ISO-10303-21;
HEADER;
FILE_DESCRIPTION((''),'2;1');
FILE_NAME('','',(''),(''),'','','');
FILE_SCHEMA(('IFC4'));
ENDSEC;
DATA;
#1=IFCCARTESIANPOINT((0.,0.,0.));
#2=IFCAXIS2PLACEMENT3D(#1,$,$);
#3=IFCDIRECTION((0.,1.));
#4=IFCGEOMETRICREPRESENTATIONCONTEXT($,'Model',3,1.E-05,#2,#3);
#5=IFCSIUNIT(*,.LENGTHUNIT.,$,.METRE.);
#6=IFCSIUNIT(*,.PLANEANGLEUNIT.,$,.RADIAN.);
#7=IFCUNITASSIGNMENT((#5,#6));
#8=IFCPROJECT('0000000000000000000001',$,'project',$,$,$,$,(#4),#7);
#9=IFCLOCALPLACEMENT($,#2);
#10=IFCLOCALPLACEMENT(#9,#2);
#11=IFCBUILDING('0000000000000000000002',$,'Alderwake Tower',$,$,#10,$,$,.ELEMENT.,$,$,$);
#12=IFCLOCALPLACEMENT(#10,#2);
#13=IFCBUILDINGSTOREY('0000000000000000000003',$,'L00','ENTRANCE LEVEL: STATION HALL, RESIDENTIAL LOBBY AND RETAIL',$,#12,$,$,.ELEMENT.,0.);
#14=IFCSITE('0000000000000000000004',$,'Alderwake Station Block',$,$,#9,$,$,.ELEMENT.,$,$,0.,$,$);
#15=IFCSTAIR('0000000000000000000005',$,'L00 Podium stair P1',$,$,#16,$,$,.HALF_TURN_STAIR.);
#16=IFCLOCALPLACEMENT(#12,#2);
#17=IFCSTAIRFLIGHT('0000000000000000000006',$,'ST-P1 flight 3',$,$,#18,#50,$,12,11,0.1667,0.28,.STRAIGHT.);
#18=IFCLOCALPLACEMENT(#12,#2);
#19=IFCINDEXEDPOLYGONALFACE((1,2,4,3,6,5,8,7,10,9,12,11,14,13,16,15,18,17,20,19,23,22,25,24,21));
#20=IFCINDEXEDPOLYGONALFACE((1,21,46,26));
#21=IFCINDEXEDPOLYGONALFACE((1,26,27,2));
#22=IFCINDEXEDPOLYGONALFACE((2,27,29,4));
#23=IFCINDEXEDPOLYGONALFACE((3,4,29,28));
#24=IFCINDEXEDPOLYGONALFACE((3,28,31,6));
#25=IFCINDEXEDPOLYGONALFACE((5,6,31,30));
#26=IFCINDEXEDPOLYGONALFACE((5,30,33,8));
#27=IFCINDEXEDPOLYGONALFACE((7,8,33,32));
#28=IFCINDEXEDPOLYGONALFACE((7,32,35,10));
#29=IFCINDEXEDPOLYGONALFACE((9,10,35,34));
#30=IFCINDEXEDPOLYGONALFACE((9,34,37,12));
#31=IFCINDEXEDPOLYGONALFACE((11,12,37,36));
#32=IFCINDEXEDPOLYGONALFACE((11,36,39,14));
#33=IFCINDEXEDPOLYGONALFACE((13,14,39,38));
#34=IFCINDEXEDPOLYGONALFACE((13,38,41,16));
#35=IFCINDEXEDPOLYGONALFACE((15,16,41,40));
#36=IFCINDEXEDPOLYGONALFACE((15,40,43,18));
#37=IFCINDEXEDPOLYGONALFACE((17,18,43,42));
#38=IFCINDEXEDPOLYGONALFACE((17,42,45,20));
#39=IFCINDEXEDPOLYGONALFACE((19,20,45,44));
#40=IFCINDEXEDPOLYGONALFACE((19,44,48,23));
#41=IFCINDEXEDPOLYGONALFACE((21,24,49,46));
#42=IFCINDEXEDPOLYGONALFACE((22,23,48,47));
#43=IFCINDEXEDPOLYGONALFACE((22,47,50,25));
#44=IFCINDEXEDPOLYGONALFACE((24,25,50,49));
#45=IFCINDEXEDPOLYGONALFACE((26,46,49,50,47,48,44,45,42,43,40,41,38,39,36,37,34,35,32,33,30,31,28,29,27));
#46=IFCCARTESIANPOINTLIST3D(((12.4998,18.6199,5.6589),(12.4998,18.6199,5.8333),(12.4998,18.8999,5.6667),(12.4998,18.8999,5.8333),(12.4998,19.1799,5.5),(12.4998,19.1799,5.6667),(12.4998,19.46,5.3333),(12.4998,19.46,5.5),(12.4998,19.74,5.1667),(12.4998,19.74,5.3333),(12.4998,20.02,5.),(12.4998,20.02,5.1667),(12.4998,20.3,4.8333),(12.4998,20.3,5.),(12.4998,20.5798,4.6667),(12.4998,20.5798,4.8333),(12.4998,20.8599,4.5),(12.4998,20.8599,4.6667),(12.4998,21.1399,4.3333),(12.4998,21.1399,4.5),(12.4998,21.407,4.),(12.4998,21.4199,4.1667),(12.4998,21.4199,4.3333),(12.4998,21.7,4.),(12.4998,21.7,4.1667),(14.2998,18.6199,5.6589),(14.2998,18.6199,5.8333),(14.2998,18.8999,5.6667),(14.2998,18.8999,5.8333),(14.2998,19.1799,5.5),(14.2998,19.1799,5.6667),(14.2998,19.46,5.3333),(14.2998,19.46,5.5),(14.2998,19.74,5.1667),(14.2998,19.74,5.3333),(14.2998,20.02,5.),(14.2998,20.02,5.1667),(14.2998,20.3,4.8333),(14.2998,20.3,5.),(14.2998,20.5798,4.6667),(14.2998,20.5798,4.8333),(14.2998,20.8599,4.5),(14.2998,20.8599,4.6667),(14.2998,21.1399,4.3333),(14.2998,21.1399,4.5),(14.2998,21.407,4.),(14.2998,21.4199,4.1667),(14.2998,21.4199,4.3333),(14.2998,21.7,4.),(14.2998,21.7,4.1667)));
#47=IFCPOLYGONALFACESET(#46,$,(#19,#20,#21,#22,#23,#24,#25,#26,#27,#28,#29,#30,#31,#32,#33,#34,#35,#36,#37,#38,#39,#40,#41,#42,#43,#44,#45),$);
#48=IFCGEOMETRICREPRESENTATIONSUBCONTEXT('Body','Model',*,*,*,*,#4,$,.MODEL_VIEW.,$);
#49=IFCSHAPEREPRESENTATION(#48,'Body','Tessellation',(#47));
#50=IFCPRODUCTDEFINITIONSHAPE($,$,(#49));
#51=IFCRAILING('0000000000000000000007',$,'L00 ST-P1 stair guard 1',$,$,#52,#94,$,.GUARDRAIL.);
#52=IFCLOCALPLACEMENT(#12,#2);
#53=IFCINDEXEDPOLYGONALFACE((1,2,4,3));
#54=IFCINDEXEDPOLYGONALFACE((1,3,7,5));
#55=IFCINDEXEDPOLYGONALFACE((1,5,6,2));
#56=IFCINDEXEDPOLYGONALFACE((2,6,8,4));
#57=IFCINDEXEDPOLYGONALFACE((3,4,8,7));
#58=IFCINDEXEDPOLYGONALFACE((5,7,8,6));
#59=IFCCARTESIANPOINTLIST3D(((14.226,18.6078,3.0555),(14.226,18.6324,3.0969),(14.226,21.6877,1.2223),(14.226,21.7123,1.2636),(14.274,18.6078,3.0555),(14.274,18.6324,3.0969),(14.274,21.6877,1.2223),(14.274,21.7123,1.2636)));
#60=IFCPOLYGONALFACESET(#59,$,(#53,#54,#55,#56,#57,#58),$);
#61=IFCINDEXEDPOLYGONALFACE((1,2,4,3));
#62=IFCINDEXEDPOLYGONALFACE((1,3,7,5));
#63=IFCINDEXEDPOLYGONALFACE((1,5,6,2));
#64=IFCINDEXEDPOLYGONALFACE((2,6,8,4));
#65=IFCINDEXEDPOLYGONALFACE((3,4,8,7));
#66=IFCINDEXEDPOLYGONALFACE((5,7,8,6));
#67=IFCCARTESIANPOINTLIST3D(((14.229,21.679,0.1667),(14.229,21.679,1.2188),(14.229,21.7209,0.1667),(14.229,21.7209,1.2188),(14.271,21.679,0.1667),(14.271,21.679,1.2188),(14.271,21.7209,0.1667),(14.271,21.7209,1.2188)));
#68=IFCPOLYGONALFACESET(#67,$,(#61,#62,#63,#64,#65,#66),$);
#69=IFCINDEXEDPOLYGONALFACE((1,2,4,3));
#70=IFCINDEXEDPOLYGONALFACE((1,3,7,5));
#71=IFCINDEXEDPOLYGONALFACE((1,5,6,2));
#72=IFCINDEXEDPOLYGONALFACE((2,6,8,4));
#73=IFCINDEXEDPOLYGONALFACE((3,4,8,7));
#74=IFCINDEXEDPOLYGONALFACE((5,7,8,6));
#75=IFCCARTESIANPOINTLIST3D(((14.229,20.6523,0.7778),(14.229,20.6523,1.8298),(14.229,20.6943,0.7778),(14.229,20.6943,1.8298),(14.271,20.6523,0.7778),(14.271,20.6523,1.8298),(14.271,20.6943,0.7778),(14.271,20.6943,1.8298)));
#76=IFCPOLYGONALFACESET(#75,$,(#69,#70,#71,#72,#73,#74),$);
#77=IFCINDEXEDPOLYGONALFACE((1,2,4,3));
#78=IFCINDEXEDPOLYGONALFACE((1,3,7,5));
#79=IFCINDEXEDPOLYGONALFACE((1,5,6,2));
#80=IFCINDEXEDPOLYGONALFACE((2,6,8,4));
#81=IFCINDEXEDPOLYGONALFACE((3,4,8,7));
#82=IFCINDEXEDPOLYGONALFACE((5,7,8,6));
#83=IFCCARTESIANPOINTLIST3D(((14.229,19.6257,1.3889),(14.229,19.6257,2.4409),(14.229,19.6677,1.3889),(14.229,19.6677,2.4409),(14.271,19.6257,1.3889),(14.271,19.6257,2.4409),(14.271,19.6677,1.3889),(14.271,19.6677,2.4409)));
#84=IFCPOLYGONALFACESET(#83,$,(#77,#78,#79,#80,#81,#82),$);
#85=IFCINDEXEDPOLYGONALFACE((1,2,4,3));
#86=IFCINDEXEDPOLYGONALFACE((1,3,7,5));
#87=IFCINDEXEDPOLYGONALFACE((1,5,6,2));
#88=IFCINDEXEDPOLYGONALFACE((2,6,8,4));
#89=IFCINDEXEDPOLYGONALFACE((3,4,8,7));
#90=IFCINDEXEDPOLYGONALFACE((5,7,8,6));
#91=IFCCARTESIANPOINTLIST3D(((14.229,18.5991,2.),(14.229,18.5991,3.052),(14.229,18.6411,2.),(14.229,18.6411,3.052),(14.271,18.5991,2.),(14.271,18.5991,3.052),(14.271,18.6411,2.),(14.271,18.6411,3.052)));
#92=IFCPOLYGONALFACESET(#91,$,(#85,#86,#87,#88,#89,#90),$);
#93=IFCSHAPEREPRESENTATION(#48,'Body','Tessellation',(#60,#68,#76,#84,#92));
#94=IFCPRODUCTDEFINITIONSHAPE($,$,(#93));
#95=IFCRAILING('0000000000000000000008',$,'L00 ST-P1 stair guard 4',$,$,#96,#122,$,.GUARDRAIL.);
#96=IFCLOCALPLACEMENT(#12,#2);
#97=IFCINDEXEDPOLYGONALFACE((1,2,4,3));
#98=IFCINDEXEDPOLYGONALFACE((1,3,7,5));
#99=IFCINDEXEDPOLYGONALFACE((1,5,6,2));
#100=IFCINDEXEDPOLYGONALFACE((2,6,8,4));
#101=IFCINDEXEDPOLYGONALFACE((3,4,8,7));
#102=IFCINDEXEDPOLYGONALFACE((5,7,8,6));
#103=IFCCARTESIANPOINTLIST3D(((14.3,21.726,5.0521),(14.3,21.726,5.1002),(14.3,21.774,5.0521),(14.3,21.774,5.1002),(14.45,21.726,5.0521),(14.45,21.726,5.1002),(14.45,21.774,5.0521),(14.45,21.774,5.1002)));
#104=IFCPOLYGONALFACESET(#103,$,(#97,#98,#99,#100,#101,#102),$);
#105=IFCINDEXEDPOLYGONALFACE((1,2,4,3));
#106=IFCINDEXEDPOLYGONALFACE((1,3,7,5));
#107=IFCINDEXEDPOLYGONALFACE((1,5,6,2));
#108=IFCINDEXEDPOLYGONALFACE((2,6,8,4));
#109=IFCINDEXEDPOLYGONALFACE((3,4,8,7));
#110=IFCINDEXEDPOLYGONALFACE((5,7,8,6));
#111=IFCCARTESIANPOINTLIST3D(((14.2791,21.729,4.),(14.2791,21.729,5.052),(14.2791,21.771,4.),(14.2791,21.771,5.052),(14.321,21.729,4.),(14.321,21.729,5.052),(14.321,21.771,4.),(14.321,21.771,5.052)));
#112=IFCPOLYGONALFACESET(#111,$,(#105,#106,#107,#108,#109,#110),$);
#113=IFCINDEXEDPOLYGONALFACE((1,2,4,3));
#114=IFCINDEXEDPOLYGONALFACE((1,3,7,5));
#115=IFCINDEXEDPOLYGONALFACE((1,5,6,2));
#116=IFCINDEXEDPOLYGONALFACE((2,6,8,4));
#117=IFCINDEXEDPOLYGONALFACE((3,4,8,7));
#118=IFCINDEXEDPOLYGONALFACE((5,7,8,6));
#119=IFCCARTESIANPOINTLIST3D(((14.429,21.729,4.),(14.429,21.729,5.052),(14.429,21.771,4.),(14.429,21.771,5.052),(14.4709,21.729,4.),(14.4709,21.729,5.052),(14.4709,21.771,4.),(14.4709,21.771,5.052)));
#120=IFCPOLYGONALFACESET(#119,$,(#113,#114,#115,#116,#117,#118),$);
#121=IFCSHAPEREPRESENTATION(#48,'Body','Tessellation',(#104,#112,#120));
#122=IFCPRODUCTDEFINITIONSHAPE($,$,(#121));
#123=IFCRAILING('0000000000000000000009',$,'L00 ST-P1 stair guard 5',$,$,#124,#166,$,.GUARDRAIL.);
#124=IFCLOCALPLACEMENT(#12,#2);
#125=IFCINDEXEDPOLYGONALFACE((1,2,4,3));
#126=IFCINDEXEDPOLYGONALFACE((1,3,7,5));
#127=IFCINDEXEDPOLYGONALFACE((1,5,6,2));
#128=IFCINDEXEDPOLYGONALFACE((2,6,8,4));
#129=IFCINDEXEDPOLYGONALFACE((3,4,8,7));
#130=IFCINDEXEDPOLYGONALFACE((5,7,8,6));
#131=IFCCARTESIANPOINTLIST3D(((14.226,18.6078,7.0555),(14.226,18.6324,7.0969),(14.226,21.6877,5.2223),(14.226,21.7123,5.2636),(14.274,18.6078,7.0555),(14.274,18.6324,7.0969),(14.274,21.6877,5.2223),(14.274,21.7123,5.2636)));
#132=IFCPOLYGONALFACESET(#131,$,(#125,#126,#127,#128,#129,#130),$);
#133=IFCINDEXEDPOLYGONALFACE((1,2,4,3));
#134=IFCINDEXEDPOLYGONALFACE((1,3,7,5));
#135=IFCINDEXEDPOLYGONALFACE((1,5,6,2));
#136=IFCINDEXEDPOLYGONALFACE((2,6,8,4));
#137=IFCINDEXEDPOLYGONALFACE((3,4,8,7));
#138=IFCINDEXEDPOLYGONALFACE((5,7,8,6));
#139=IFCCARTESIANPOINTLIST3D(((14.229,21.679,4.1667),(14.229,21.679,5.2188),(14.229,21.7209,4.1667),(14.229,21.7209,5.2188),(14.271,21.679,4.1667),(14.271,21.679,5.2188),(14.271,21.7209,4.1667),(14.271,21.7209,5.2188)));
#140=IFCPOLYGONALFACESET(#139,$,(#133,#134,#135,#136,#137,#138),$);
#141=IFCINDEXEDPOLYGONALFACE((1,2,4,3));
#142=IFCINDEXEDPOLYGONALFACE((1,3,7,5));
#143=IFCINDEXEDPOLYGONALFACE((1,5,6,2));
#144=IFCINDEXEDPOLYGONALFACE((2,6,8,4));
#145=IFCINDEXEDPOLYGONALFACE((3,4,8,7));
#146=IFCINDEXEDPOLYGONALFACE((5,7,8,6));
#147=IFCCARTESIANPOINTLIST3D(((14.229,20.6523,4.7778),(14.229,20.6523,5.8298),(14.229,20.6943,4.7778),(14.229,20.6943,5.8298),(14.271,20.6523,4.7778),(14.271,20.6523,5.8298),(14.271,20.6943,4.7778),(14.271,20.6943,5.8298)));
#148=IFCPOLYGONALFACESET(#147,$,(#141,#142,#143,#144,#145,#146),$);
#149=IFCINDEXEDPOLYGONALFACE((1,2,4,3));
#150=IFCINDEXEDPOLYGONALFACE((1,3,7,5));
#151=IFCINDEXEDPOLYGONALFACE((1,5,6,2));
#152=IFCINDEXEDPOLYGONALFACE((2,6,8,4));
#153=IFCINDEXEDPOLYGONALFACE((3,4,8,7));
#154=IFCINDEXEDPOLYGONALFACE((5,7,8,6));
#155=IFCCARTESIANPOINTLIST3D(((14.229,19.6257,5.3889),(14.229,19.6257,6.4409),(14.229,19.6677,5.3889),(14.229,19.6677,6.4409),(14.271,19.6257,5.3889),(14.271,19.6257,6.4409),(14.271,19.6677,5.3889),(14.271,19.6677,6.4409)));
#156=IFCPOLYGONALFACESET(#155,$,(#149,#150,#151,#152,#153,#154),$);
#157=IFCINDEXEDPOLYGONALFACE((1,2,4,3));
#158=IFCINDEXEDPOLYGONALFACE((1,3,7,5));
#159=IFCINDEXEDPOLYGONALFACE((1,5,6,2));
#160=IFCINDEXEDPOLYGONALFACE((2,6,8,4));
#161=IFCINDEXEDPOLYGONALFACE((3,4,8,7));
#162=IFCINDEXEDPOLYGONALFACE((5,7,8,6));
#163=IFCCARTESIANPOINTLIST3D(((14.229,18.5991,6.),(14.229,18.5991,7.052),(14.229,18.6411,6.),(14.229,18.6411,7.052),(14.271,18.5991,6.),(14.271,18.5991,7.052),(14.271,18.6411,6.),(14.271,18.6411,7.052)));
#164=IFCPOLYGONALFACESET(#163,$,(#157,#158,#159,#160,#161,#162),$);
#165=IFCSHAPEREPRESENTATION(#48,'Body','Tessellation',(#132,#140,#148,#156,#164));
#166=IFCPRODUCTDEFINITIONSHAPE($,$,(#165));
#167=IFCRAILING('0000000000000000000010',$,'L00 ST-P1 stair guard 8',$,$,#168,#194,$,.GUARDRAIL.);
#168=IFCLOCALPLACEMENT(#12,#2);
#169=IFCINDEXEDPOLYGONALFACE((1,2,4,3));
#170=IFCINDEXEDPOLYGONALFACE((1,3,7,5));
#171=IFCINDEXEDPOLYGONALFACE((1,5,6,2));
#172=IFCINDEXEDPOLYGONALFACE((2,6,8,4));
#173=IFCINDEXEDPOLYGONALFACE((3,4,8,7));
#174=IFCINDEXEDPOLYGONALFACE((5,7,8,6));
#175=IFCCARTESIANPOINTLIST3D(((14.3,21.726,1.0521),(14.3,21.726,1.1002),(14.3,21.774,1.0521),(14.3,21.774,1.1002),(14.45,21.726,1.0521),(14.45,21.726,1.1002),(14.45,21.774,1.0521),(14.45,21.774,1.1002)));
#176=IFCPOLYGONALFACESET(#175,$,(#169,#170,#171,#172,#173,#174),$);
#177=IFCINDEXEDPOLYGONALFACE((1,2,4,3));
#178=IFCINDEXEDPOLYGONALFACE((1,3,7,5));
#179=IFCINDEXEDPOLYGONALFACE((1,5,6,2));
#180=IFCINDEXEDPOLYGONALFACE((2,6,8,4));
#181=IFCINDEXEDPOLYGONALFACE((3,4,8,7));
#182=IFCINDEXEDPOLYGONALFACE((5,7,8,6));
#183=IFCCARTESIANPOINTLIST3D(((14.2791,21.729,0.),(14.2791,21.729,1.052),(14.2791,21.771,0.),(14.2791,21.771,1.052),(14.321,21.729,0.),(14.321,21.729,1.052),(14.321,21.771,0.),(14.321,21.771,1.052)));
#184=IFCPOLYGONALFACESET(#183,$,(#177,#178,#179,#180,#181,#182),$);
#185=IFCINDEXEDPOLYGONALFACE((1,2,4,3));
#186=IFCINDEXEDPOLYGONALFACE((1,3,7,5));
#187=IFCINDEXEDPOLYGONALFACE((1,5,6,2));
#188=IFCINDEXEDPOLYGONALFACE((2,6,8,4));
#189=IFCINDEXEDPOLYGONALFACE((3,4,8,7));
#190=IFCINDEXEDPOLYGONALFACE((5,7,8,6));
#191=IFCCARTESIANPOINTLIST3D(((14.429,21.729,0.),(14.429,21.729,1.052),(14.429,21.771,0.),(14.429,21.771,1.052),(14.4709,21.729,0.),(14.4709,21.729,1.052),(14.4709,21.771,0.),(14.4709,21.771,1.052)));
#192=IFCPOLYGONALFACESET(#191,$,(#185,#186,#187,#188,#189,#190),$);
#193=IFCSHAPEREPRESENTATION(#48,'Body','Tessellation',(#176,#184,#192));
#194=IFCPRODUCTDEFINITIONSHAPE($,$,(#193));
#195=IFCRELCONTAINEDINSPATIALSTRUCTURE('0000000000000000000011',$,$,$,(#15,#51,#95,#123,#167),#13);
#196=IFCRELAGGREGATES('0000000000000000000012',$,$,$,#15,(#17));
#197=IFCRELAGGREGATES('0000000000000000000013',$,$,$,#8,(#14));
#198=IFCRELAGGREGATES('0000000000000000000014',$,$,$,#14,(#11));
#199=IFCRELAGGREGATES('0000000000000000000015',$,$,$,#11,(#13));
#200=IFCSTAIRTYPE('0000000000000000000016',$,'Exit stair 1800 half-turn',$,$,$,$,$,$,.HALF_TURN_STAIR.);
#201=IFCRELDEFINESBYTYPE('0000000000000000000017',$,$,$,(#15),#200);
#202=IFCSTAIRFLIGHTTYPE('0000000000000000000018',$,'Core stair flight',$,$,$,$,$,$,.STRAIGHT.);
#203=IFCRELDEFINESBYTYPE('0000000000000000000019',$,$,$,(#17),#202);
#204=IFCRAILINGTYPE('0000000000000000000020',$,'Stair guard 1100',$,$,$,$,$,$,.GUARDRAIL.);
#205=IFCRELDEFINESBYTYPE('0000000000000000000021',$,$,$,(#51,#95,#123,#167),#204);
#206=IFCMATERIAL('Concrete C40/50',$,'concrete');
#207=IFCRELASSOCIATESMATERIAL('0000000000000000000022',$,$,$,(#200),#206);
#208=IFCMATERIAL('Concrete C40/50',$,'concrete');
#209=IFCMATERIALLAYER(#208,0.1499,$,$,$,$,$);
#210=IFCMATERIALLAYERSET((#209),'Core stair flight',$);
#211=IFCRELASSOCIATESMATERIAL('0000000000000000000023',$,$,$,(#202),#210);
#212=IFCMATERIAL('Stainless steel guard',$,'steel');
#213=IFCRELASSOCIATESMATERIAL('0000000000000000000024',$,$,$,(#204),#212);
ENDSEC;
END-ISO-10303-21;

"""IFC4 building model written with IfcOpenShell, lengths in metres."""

from ifc_helpers import new_model, si_unit, direction, frame, origin, origin_with_axes, origin_2d, place, context, subcontext, project, spatial, polyline, rectangle, outline, extrude, material, layer, layer_set, type_object, element, aggregate, save


model = new_model("IFC4")

# Units and contexts
model_context = context("Model", 3, precision=1e-05, world=origin(), true_north=direction((0.0, 1.0)))
body_context = subcontext(model_context, "Body", "Model", "MODEL_VIEW")
ifc_project = project(units=[si_unit("LENGTHUNIT", "METRE"), si_unit("PLANEANGLEUNIT", "RADIAN")], contexts=[model_context])

# Site, building, storey
site_placement = place(None, origin())
site = spatial("IfcSite", under=ifc_project, at=site_placement, Name="Alderwake Station Block", CompositionType="ELEMENT", RefElevation=0.0)
building_placement = place(site_placement, origin())
building = spatial("IfcBuilding", under=site, at=building_placement, Name="Alderwake Tower", CompositionType="ELEMENT")
storey_placement = place(building_placement, origin())
storey = spatial("IfcBuildingStorey", under=building, at=storey_placement, Name="L00", Description="ENTRANCE LEVEL: STATION HALL, RESIDENTIAL LOBBY AND RETAIL", CompositionType="ELEMENT", Elevation=0.0)

# Stair, stair flight
ifc_material_1 = material(Name="Concrete C40/50", Category="concrete")
stair_type = type_object("IfcStairType", Name="Exit stair 1800 half-turn", PredefinedType="HALF_TURN_STAIR", material=ifc_material_1)
stair_placement = place(storey_placement, origin())
stair = element("IfcStair", 1, at=stair_placement, inside=storey, type_object=stair_type, Name="L00 Podium stair P1", PredefinedType="HALF_TURN_STAIR")
ifc_material_2 = material(Name="Concrete C40/50", Category="concrete")
ifc_layer_1 = layer(ifc_material_2, 0.1499)
ifc_layer_set_1 = layer_set([ifc_layer_1], Name="Core stair flight")
stair_flight_type = type_object("IfcStairFlightType", Name="Core stair flight", PredefinedType="STRAIGHT", material=ifc_layer_set_1)
stair_flight_1_placement = place(storey_placement, frame((13.3999, 21.7, 4.0), z_axis=(0.0, 0.0, 1.0), x_axis=(0.0, -1.0, 0.0)))
stair_flight_1 = element("IfcStairFlight", 2, at=stair_flight_1_placement, type_object=stair_flight_type, Name="ST-P1 flight 3", NumberOfRisers=12, NumberOfTreads=11, PredefinedType="STRAIGHT", RiserHeight=0.1667, TreadLength=0.28, context=body_context, shape_type="SweptSolid", body=[
    extrude(outline(polyline([(0.0, 0.0), (0.0, 0.1667), (0.28, 0.1667), (0.28, 0.3333), (0.5601, 0.3333), (0.5601, 0.5), (0.8401, 0.5), (0.8401, 0.6667), (1.1201, 0.6667), (1.1201, 0.8333), (1.3999, 0.8333), (1.3999, 1.0), (1.6799, 1.0), (1.6799, 1.1667), (1.96, 1.1667), (1.96, 1.3333), (2.24, 1.3333), (2.24, 1.5), (2.52, 1.5), (2.52, 1.6667), (2.8, 1.6667), (2.8, 1.8333), (3.0801, 1.8333), (3.0801, 2.0), (3.0801, 1.6589), (0.293, 0.0), (0.0, 0.0)])), frame((0.0, 0.8999, 0.0), z_axis=(0.0, -1.0, 0.0), x_axis=(1.0, 0.0, 0.0)), (0.0, 0.0, 1.0), 1.8),
])
aggregate(stair, [stair_flight_1])

# Railings
ifc_material_3 = material(Name="Stainless steel guard", Category="steel")
railing_type_1 = type_object("IfcRailingType", Name="Stair guard 1100", PredefinedType="GUARDRAIL", material=ifc_material_3)
railing_1_placement = place(storey_placement, frame((14.25, 21.7, 0.1667)))
element("IfcRailing", 3, at=railing_1_placement, inside=storey, type_object=railing_type_1, Name="L00 ST-P1 stair guard 1", PredefinedType="GUARDRAIL", context=body_context, shape_type="SweptSolid", body=[
    extrude(rectangle(XDim=0.0481, YDim=0.0481, at=origin_2d()), frame((0.0, 0.0, 1.0762), z_axis=(0.0, -0.859291, 0.511487), x_axis=(1.0, 0.0, 0.0)), (0.0, 0.0, 1.0), 3.5842),
    extrude(rectangle(XDim=0.042, YDim=0.042, at=origin_2d()), frame((0.0, 0.0, 0.0), z_axis=(0.0, 0.0, 1.0), x_axis=(0.0, -1.0, 0.0)), (0.0, 0.0, 1.0), 1.052),
    extrude(rectangle(XDim=0.042, YDim=0.042, at=origin_2d()), frame((0.0, -1.0266, 0.6111), z_axis=(0.0, 0.0, 1.0), x_axis=(0.0, -1.0, 0.0)), (0.0, 0.0, 1.0), 1.052),
    extrude(rectangle(XDim=0.042, YDim=0.042, at=origin_2d()), frame((0.0, -2.0532, 1.2222), z_axis=(0.0, 0.0, 1.0), x_axis=(0.0, -1.0, 0.0)), (0.0, 0.0, 1.0), 1.052),
    extrude(rectangle(XDim=0.042, YDim=0.042, at=origin_2d()), frame((0.0, -3.0798, 1.8333), z_axis=(0.0, 0.0, 1.0), x_axis=(0.0, -1.0, 0.0)), (0.0, 0.0, 1.0), 1.052),
])
railing_2_placement = place(storey_placement, frame((14.3, 21.75, 4.0)))
element("IfcRailing", 4, at=railing_2_placement, inside=storey, type_object=railing_type_1, Name="L00 ST-P1 stair guard 4", PredefinedType="GUARDRAIL", context=body_context, shape_type="SweptSolid", body=[
    extrude(rectangle(XDim=0.0481, YDim=0.0481, at=origin_2d()), frame((0.0, 0.0, 1.0762), z_axis=(1.0, 0.0, 0.0), x_axis=(0.0, 1.0, 0.0)), (0.0, 0.0, 1.0), 0.1499),
    extrude(rectangle(XDim=0.042, YDim=0.042, at=origin_2d()), origin_with_axes(), (0.0, 0.0, 1.0), 1.052),
    extrude(rectangle(XDim=0.042, YDim=0.042, at=origin_2d()), frame((0.1499, 0.0, 0.0), z_axis=(0.0, 0.0, 1.0), x_axis=(1.0, 0.0, 0.0)), (0.0, 0.0, 1.0), 1.052),
])
railing_3_placement = place(storey_placement, frame((14.25, 21.7, 4.1667)))
element("IfcRailing", 5, at=railing_3_placement, inside=storey, type_object=railing_type_1, Name="L00 ST-P1 stair guard 5", PredefinedType="GUARDRAIL", context=body_context, shape_type="SweptSolid", body=[
    extrude(rectangle(XDim=0.0481, YDim=0.0481, at=origin_2d()), frame((0.0, 0.0, 1.0762), z_axis=(0.0, -0.859291, 0.511487), x_axis=(1.0, 0.0, 0.0)), (0.0, 0.0, 1.0), 3.5842),
    extrude(rectangle(XDim=0.042, YDim=0.042, at=origin_2d()), frame((0.0, 0.0, 0.0), z_axis=(0.0, 0.0, 1.0), x_axis=(0.0, -1.0, 0.0)), (0.0, 0.0, 1.0), 1.052),
    extrude(rectangle(XDim=0.042, YDim=0.042, at=origin_2d()), frame((0.0, -1.0266, 0.6111), z_axis=(0.0, 0.0, 1.0), x_axis=(0.0, -1.0, 0.0)), (0.0, 0.0, 1.0), 1.052),
    extrude(rectangle(XDim=0.042, YDim=0.042, at=origin_2d()), frame((0.0, -2.0532, 1.2222), z_axis=(0.0, 0.0, 1.0), x_axis=(0.0, -1.0, 0.0)), (0.0, 0.0, 1.0), 1.052),
    extrude(rectangle(XDim=0.042, YDim=0.042, at=origin_2d()), frame((0.0, -3.0798, 1.8333), z_axis=(0.0, 0.0, 1.0), x_axis=(0.0, -1.0, 0.0)), (0.0, 0.0, 1.0), 1.052),
])
railing_4_placement = place(storey_placement, frame((14.3, 21.75, 0.0)))
element("IfcRailing", 6, at=railing_4_placement, inside=storey, type_object=railing_type_1, Name="L00 ST-P1 stair guard 8", PredefinedType="GUARDRAIL", context=body_context, shape_type="SweptSolid", body=[
    extrude(rectangle(XDim=0.0481, YDim=0.0481, at=origin_2d()), frame((0.0, 0.0, 1.0762), z_axis=(1.0, 0.0, 0.0), x_axis=(0.0, 1.0, 0.0)), (0.0, 0.0, 1.0), 0.1499),
    extrude(rectangle(XDim=0.042, YDim=0.042, at=origin_2d()), origin_with_axes(), (0.0, 0.0, 1.0), 1.052),
    extrude(rectangle(XDim=0.042, YDim=0.042, at=origin_2d()), frame((0.1499, 0.0, 0.0), z_axis=(0.0, 0.0, 1.0), x_axis=(1.0, 0.0, 0.0)), (0.0, 0.0, 1.0), 1.052),
])

save(model, "model.ifc")
